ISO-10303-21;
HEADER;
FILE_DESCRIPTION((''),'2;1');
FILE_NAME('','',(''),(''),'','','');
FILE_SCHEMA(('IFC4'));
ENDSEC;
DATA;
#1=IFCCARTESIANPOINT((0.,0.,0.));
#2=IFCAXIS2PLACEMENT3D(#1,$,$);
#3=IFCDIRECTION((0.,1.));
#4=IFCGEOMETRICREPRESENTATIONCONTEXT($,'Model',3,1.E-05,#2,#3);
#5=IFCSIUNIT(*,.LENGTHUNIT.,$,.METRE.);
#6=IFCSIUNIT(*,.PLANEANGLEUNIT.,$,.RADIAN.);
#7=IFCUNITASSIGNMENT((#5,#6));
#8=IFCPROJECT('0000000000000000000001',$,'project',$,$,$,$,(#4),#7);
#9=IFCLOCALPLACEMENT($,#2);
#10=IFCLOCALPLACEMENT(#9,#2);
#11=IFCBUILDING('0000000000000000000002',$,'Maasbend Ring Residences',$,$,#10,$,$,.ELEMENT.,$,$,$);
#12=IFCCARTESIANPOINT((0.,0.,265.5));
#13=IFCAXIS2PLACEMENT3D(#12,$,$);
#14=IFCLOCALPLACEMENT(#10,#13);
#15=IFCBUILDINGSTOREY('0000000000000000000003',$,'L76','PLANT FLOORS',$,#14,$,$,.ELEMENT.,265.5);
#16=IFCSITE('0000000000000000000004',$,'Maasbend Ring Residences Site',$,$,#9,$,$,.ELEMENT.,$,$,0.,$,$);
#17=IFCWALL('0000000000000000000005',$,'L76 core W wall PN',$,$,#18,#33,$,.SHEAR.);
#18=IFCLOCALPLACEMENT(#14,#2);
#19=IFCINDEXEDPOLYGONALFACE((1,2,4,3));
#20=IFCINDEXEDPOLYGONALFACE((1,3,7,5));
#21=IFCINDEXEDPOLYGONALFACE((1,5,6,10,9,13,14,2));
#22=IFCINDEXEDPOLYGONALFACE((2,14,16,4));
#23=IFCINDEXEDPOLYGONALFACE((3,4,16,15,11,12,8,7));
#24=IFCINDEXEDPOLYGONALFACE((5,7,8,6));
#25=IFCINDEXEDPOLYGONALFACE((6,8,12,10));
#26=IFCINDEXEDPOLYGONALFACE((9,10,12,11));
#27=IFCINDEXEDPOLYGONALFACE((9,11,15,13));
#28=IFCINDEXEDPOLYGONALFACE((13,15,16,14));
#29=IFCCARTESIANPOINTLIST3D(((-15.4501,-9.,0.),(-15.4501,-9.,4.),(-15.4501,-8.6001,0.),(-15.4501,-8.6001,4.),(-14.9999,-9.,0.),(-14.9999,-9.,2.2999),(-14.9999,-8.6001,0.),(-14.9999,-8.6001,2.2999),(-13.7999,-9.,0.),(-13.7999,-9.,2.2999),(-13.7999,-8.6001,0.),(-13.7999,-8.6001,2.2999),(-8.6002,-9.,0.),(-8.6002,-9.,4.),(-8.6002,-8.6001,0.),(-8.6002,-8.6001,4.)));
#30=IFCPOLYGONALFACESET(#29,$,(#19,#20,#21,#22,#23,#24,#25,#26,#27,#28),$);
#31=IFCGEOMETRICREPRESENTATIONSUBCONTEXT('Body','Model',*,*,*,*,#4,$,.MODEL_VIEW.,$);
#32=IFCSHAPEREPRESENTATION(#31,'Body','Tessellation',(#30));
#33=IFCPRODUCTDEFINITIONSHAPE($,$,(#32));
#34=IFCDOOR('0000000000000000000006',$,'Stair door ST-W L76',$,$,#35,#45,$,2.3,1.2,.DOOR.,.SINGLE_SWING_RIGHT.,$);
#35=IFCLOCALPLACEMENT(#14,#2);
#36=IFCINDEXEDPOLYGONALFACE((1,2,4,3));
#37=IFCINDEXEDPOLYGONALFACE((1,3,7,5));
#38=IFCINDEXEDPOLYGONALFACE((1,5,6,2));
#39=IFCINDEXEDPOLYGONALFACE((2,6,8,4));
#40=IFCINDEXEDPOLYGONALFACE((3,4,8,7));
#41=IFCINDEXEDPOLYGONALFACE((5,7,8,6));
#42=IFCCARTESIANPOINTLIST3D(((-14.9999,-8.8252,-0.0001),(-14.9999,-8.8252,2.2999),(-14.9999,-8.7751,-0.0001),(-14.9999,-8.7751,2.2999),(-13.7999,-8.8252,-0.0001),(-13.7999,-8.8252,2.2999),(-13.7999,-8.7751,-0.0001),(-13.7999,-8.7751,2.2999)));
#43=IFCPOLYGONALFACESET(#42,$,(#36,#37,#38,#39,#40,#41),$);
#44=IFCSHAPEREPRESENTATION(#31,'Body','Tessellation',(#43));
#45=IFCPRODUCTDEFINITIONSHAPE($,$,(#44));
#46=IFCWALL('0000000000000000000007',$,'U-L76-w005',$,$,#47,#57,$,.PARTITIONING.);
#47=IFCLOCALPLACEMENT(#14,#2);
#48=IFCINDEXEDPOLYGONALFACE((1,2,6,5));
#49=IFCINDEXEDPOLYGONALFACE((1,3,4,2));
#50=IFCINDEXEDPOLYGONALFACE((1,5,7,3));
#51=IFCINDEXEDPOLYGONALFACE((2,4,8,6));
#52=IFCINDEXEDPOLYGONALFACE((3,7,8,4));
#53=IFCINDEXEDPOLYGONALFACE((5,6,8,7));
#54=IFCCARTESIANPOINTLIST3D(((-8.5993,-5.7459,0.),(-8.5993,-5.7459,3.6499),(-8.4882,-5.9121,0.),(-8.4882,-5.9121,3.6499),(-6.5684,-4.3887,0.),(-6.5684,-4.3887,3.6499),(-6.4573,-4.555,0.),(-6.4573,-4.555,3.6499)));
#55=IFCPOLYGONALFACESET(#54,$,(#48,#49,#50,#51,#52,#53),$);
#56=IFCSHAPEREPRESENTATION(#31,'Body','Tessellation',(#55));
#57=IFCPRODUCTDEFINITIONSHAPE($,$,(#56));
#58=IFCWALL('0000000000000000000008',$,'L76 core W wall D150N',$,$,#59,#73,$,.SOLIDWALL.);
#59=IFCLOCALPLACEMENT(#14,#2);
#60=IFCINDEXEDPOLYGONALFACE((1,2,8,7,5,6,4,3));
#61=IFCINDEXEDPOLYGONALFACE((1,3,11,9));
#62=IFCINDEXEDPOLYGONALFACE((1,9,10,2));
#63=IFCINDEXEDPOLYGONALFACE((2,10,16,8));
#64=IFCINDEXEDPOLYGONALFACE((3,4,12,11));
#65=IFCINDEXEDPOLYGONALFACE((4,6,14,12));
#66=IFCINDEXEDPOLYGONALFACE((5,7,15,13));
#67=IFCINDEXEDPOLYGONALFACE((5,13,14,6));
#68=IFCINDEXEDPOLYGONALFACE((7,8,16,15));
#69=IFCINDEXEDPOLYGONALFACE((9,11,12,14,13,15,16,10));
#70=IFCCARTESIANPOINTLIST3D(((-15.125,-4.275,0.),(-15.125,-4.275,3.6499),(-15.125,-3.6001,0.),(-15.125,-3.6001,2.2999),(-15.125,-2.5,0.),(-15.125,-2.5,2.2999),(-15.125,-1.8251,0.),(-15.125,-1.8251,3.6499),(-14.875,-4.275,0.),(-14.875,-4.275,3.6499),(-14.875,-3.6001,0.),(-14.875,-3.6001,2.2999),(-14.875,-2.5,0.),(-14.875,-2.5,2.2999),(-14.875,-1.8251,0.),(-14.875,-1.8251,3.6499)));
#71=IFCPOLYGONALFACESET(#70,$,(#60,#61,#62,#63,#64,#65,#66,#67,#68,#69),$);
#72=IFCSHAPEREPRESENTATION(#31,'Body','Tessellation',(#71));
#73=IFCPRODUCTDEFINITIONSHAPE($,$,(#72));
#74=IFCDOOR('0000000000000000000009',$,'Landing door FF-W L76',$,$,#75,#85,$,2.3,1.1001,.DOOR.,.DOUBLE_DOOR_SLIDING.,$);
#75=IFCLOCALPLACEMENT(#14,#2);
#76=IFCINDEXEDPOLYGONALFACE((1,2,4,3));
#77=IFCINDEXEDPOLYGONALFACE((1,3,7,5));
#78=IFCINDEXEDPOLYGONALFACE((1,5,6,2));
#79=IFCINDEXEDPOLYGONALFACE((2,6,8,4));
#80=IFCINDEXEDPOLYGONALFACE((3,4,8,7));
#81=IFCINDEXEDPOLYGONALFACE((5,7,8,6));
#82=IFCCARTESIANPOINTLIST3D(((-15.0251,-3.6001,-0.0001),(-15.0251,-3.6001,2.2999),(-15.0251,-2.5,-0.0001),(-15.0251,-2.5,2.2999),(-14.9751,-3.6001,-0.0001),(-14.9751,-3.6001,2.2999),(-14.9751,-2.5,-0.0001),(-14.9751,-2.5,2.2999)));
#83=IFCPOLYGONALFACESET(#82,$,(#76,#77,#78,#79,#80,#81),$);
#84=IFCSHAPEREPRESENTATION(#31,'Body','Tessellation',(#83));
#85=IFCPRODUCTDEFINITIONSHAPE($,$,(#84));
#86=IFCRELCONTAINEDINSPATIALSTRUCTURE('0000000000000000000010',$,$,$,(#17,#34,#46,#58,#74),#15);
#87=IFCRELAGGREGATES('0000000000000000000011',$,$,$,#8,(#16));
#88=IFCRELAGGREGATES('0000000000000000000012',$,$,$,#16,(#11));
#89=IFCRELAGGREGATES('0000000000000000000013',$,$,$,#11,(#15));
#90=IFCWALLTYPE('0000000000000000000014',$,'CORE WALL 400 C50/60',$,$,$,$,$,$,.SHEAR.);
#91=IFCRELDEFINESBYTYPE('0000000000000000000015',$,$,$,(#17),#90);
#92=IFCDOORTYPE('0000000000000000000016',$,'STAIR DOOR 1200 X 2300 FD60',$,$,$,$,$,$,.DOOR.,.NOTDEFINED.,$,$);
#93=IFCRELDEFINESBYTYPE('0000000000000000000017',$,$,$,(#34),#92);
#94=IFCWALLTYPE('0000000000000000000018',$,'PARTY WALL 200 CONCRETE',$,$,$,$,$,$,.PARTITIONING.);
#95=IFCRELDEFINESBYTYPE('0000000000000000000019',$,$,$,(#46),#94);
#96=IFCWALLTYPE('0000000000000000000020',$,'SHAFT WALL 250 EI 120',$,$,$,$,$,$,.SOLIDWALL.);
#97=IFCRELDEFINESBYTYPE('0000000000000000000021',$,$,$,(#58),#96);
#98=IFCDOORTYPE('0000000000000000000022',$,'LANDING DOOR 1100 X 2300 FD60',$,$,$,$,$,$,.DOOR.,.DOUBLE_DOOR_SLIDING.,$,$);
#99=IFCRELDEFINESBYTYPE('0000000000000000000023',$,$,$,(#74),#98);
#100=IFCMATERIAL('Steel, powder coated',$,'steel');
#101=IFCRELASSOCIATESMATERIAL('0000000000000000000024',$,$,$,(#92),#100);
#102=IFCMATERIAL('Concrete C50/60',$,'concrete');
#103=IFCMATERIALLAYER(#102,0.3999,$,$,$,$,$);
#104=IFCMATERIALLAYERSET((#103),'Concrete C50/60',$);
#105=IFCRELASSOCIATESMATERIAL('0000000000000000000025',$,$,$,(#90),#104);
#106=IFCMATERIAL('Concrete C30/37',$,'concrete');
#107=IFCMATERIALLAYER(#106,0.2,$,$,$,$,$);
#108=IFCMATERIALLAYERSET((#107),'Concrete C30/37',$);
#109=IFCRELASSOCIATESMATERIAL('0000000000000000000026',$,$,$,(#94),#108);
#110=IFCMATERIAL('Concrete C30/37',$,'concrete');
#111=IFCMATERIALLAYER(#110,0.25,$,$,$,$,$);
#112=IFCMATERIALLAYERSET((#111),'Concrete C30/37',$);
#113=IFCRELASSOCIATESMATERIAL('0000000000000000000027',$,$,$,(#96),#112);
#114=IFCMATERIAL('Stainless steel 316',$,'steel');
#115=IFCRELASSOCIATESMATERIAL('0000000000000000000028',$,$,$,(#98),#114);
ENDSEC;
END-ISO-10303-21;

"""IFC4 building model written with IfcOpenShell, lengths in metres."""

from ifc_helpers import new_model, si_unit, direction, frame, frame_2d, origin, place, context, subcontext, project, spatial, rectangle, extrude, material, layer, layer_set, type_object, element, fill, save


model = new_model("IFC4")

# Units and contexts
model_context = context("Model", 3, precision=1e-05, world=origin(), true_north=direction((0.0, 1.0)))
body_context = subcontext(model_context, "Body", "Model", "MODEL_VIEW")
ifc_project = project(units=[si_unit("LENGTHUNIT", "METRE"), si_unit("PLANEANGLEUNIT", "RADIAN")], contexts=[model_context])

# Site, building, storey
site_placement = place(None, origin())
site = spatial("IfcSite", under=ifc_project, at=site_placement, Name="Maasbend Ring Residences Site", CompositionType="ELEMENT", RefElevation=0.0)
building_placement = place(site_placement, origin())
building = spatial("IfcBuilding", under=site, at=building_placement, Name="Maasbend Ring Residences", CompositionType="ELEMENT")
storey_placement = place(building_placement, frame((0.0, 0.0, 265.5)))
storey = spatial("IfcBuildingStorey", under=building, at=storey_placement, Name="L76", Description="PLANT FLOORS", CompositionType="ELEMENT", Elevation=265.5)

# Wall, opening, door
ifc_material_1 = material(Name="Steel, powder coated", Category="steel")
door_type_1 = type_object("IfcDoorType", Name="STAIR DOOR 1200 X 2300 FD60", OperationType="NOTDEFINED", PredefinedType="DOOR", material=ifc_material_1)
ifc_material_2 = material(Name="Concrete C50/60", Category="concrete")
ifc_layer_1 = layer(ifc_material_2, 0.3999)
ifc_layer_set_1 = layer_set([ifc_layer_1], Name="Concrete C50/60")
wall_type_1 = type_object("IfcWallType", Name="CORE WALL 400 C50/60", PredefinedType="SHEAR", material=ifc_layer_set_1)
wall_1_placement = place(storey_placement, frame((-15.45, -8.8, 0.0), z_axis=(0.0, 0.0, 1.0), x_axis=(1.0, 0.0, 0.0)))
wall_1 = element("IfcWall", 1, at=wall_1_placement, inside=storey, type_object=wall_type_1, Name="L76 core W wall PN", PredefinedType="SHEAR", context=body_context, shape_type="SweptSolid", body=[
    extrude(rectangle(XDim=6.8499, YDim=0.3999, at=frame_2d((3.4248, 0.0))), origin(), (0.0, 0.0, 1.0), 4.0),
])
opening_1_placement = place(wall_1_placement, frame((0.45, 0.0, 0.0)))
opening_1 = element("IfcOpeningElement", 2, at=opening_1_placement, cuts=wall_1, PredefinedType="OPENING", context=body_context, shape_type="SweptSolid", body=[
    extrude(rectangle(XDim=1.2, YDim=2.3, at=frame_2d((0.6001, 1.1499))), frame((0.0, 0.21, 0.0), z_axis=(0.0, -1.0, 0.0), x_axis=(1.0, 0.0, 0.0)), (0.0, 0.0, 1.0), 0.4199),
])
door_1_placement = place(opening_1_placement, origin())
door_1 = element("IfcDoor", 3, at=door_1_placement, inside=storey, type_object=door_type_1, Name="Stair door ST-W L76", OperationType="SINGLE_SWING_RIGHT", OverallHeight=2.3, OverallWidth=1.2, PredefinedType="DOOR", context=body_context, shape_type="SweptSolid", body=[
    extrude(rectangle(XDim=1.2, YDim=2.3, at=frame_2d((0.6001, 1.1499))), frame((0.0, 0.0249, 0.0), z_axis=(0.0, -1.0, 0.0), x_axis=(1.0, 0.0, 0.0)), (0.0, 0.0, 1.0), 0.05),
])
fill(opening_1, door_1)

# Wall
ifc_material_3 = material(Name="Concrete C30/37", Category="concrete")
ifc_layer_2 = layer(ifc_material_3, 0.2)
ifc_layer_set_2 = layer_set([ifc_layer_2], Name="Concrete C30/37")
wall_type_2 = type_object("IfcWallType", Name="PARTY WALL 200 CONCRETE", PredefinedType="PARTITIONING", material=ifc_layer_set_2)
wall_2_placement = place(storey_placement, frame((-6.5129, -4.4719, 0.0), z_axis=(0.0, 0.0, 1.0), x_axis=(-0.83145, -0.555599, 0.0)))
element("IfcWall", 4, at=wall_2_placement, inside=storey, type_object=wall_type_2, Name="U-L76-w005", PredefinedType="PARTITIONING", context=body_context, shape_type="SweptSolid", body=[
    extrude(rectangle(XDim=2.4426, YDim=0.2, at=frame_2d((1.2212, 0.0))), origin(), (0.0, 0.0, 1.0), 3.6499),
])

# Wall, opening, door
ifc_material_4 = material(Name="Concrete C30/37", Category="concrete")
ifc_layer_3 = layer(ifc_material_4, 0.25)
ifc_layer_set_3 = layer_set([ifc_layer_3], Name="Concrete C30/37")
wall_type_3 = type_object("IfcWallType", Name="SHAFT WALL 250 EI 120", PredefinedType="SOLIDWALL", material=ifc_layer_set_3)
wall_3_placement = place(storey_placement, frame((-15.0, -1.825, 0.0), z_axis=(0.0, 0.0, 1.0), x_axis=(0.0, -1.0, 0.0)))
wall_3 = element("IfcWall", 5, at=wall_3_placement, inside=storey, type_object=wall_type_3, Name="L76 core W wall D150N", PredefinedType="SOLIDWALL", context=body_context, shape_type="SweptSolid", body=[
    extrude(rectangle(XDim=2.45, YDim=0.25, at=frame_2d((1.2251, 0.0))), origin(), (0.0, 0.0, 1.0), 3.6499),
])
opening_2_placement = place(wall_3_placement, frame((0.675, 0.0, 0.0)))
opening_2 = element("IfcOpeningElement", 6, at=opening_2_placement, cuts=wall_3, PredefinedType="OPENING", context=body_context, shape_type="SweptSolid", body=[
    extrude(rectangle(XDim=1.1001, YDim=2.3, at=frame_2d((0.55, 1.1499))), frame((0.0, 0.135, 0.0), z_axis=(0.0, -1.0, 0.0), x_axis=(1.0, 0.0, 0.0)), (0.0, 0.0, 1.0), 0.27),
])
ifc_material_5 = material(Name="Stainless steel 316", Category="steel")
door_type_2 = type_object("IfcDoorType", Name="LANDING DOOR 1100 X 2300 FD60", OperationType="DOUBLE_DOOR_SLIDING", PredefinedType="DOOR", material=ifc_material_5)
door_2_placement = place(opening_2_placement, origin())
door_2 = element("IfcDoor", 7, at=door_2_placement, inside=storey, type_object=door_type_2, Name="Landing door FF-W L76", OperationType="DOUBLE_DOOR_SLIDING", OverallHeight=2.3, OverallWidth=1.1001, PredefinedType="DOOR", context=body_context, shape_type="SweptSolid", body=[
    extrude(rectangle(XDim=1.1001, YDim=2.3, at=frame_2d((0.55, 1.1499))), frame((0.0, 0.0249, 0.0), z_axis=(0.0, -1.0, 0.0), x_axis=(1.0, 0.0, 0.0)), (0.0, 0.0, 1.0), 0.05),
])
fill(opening_2, door_2)

save(model, "model.ifc")
